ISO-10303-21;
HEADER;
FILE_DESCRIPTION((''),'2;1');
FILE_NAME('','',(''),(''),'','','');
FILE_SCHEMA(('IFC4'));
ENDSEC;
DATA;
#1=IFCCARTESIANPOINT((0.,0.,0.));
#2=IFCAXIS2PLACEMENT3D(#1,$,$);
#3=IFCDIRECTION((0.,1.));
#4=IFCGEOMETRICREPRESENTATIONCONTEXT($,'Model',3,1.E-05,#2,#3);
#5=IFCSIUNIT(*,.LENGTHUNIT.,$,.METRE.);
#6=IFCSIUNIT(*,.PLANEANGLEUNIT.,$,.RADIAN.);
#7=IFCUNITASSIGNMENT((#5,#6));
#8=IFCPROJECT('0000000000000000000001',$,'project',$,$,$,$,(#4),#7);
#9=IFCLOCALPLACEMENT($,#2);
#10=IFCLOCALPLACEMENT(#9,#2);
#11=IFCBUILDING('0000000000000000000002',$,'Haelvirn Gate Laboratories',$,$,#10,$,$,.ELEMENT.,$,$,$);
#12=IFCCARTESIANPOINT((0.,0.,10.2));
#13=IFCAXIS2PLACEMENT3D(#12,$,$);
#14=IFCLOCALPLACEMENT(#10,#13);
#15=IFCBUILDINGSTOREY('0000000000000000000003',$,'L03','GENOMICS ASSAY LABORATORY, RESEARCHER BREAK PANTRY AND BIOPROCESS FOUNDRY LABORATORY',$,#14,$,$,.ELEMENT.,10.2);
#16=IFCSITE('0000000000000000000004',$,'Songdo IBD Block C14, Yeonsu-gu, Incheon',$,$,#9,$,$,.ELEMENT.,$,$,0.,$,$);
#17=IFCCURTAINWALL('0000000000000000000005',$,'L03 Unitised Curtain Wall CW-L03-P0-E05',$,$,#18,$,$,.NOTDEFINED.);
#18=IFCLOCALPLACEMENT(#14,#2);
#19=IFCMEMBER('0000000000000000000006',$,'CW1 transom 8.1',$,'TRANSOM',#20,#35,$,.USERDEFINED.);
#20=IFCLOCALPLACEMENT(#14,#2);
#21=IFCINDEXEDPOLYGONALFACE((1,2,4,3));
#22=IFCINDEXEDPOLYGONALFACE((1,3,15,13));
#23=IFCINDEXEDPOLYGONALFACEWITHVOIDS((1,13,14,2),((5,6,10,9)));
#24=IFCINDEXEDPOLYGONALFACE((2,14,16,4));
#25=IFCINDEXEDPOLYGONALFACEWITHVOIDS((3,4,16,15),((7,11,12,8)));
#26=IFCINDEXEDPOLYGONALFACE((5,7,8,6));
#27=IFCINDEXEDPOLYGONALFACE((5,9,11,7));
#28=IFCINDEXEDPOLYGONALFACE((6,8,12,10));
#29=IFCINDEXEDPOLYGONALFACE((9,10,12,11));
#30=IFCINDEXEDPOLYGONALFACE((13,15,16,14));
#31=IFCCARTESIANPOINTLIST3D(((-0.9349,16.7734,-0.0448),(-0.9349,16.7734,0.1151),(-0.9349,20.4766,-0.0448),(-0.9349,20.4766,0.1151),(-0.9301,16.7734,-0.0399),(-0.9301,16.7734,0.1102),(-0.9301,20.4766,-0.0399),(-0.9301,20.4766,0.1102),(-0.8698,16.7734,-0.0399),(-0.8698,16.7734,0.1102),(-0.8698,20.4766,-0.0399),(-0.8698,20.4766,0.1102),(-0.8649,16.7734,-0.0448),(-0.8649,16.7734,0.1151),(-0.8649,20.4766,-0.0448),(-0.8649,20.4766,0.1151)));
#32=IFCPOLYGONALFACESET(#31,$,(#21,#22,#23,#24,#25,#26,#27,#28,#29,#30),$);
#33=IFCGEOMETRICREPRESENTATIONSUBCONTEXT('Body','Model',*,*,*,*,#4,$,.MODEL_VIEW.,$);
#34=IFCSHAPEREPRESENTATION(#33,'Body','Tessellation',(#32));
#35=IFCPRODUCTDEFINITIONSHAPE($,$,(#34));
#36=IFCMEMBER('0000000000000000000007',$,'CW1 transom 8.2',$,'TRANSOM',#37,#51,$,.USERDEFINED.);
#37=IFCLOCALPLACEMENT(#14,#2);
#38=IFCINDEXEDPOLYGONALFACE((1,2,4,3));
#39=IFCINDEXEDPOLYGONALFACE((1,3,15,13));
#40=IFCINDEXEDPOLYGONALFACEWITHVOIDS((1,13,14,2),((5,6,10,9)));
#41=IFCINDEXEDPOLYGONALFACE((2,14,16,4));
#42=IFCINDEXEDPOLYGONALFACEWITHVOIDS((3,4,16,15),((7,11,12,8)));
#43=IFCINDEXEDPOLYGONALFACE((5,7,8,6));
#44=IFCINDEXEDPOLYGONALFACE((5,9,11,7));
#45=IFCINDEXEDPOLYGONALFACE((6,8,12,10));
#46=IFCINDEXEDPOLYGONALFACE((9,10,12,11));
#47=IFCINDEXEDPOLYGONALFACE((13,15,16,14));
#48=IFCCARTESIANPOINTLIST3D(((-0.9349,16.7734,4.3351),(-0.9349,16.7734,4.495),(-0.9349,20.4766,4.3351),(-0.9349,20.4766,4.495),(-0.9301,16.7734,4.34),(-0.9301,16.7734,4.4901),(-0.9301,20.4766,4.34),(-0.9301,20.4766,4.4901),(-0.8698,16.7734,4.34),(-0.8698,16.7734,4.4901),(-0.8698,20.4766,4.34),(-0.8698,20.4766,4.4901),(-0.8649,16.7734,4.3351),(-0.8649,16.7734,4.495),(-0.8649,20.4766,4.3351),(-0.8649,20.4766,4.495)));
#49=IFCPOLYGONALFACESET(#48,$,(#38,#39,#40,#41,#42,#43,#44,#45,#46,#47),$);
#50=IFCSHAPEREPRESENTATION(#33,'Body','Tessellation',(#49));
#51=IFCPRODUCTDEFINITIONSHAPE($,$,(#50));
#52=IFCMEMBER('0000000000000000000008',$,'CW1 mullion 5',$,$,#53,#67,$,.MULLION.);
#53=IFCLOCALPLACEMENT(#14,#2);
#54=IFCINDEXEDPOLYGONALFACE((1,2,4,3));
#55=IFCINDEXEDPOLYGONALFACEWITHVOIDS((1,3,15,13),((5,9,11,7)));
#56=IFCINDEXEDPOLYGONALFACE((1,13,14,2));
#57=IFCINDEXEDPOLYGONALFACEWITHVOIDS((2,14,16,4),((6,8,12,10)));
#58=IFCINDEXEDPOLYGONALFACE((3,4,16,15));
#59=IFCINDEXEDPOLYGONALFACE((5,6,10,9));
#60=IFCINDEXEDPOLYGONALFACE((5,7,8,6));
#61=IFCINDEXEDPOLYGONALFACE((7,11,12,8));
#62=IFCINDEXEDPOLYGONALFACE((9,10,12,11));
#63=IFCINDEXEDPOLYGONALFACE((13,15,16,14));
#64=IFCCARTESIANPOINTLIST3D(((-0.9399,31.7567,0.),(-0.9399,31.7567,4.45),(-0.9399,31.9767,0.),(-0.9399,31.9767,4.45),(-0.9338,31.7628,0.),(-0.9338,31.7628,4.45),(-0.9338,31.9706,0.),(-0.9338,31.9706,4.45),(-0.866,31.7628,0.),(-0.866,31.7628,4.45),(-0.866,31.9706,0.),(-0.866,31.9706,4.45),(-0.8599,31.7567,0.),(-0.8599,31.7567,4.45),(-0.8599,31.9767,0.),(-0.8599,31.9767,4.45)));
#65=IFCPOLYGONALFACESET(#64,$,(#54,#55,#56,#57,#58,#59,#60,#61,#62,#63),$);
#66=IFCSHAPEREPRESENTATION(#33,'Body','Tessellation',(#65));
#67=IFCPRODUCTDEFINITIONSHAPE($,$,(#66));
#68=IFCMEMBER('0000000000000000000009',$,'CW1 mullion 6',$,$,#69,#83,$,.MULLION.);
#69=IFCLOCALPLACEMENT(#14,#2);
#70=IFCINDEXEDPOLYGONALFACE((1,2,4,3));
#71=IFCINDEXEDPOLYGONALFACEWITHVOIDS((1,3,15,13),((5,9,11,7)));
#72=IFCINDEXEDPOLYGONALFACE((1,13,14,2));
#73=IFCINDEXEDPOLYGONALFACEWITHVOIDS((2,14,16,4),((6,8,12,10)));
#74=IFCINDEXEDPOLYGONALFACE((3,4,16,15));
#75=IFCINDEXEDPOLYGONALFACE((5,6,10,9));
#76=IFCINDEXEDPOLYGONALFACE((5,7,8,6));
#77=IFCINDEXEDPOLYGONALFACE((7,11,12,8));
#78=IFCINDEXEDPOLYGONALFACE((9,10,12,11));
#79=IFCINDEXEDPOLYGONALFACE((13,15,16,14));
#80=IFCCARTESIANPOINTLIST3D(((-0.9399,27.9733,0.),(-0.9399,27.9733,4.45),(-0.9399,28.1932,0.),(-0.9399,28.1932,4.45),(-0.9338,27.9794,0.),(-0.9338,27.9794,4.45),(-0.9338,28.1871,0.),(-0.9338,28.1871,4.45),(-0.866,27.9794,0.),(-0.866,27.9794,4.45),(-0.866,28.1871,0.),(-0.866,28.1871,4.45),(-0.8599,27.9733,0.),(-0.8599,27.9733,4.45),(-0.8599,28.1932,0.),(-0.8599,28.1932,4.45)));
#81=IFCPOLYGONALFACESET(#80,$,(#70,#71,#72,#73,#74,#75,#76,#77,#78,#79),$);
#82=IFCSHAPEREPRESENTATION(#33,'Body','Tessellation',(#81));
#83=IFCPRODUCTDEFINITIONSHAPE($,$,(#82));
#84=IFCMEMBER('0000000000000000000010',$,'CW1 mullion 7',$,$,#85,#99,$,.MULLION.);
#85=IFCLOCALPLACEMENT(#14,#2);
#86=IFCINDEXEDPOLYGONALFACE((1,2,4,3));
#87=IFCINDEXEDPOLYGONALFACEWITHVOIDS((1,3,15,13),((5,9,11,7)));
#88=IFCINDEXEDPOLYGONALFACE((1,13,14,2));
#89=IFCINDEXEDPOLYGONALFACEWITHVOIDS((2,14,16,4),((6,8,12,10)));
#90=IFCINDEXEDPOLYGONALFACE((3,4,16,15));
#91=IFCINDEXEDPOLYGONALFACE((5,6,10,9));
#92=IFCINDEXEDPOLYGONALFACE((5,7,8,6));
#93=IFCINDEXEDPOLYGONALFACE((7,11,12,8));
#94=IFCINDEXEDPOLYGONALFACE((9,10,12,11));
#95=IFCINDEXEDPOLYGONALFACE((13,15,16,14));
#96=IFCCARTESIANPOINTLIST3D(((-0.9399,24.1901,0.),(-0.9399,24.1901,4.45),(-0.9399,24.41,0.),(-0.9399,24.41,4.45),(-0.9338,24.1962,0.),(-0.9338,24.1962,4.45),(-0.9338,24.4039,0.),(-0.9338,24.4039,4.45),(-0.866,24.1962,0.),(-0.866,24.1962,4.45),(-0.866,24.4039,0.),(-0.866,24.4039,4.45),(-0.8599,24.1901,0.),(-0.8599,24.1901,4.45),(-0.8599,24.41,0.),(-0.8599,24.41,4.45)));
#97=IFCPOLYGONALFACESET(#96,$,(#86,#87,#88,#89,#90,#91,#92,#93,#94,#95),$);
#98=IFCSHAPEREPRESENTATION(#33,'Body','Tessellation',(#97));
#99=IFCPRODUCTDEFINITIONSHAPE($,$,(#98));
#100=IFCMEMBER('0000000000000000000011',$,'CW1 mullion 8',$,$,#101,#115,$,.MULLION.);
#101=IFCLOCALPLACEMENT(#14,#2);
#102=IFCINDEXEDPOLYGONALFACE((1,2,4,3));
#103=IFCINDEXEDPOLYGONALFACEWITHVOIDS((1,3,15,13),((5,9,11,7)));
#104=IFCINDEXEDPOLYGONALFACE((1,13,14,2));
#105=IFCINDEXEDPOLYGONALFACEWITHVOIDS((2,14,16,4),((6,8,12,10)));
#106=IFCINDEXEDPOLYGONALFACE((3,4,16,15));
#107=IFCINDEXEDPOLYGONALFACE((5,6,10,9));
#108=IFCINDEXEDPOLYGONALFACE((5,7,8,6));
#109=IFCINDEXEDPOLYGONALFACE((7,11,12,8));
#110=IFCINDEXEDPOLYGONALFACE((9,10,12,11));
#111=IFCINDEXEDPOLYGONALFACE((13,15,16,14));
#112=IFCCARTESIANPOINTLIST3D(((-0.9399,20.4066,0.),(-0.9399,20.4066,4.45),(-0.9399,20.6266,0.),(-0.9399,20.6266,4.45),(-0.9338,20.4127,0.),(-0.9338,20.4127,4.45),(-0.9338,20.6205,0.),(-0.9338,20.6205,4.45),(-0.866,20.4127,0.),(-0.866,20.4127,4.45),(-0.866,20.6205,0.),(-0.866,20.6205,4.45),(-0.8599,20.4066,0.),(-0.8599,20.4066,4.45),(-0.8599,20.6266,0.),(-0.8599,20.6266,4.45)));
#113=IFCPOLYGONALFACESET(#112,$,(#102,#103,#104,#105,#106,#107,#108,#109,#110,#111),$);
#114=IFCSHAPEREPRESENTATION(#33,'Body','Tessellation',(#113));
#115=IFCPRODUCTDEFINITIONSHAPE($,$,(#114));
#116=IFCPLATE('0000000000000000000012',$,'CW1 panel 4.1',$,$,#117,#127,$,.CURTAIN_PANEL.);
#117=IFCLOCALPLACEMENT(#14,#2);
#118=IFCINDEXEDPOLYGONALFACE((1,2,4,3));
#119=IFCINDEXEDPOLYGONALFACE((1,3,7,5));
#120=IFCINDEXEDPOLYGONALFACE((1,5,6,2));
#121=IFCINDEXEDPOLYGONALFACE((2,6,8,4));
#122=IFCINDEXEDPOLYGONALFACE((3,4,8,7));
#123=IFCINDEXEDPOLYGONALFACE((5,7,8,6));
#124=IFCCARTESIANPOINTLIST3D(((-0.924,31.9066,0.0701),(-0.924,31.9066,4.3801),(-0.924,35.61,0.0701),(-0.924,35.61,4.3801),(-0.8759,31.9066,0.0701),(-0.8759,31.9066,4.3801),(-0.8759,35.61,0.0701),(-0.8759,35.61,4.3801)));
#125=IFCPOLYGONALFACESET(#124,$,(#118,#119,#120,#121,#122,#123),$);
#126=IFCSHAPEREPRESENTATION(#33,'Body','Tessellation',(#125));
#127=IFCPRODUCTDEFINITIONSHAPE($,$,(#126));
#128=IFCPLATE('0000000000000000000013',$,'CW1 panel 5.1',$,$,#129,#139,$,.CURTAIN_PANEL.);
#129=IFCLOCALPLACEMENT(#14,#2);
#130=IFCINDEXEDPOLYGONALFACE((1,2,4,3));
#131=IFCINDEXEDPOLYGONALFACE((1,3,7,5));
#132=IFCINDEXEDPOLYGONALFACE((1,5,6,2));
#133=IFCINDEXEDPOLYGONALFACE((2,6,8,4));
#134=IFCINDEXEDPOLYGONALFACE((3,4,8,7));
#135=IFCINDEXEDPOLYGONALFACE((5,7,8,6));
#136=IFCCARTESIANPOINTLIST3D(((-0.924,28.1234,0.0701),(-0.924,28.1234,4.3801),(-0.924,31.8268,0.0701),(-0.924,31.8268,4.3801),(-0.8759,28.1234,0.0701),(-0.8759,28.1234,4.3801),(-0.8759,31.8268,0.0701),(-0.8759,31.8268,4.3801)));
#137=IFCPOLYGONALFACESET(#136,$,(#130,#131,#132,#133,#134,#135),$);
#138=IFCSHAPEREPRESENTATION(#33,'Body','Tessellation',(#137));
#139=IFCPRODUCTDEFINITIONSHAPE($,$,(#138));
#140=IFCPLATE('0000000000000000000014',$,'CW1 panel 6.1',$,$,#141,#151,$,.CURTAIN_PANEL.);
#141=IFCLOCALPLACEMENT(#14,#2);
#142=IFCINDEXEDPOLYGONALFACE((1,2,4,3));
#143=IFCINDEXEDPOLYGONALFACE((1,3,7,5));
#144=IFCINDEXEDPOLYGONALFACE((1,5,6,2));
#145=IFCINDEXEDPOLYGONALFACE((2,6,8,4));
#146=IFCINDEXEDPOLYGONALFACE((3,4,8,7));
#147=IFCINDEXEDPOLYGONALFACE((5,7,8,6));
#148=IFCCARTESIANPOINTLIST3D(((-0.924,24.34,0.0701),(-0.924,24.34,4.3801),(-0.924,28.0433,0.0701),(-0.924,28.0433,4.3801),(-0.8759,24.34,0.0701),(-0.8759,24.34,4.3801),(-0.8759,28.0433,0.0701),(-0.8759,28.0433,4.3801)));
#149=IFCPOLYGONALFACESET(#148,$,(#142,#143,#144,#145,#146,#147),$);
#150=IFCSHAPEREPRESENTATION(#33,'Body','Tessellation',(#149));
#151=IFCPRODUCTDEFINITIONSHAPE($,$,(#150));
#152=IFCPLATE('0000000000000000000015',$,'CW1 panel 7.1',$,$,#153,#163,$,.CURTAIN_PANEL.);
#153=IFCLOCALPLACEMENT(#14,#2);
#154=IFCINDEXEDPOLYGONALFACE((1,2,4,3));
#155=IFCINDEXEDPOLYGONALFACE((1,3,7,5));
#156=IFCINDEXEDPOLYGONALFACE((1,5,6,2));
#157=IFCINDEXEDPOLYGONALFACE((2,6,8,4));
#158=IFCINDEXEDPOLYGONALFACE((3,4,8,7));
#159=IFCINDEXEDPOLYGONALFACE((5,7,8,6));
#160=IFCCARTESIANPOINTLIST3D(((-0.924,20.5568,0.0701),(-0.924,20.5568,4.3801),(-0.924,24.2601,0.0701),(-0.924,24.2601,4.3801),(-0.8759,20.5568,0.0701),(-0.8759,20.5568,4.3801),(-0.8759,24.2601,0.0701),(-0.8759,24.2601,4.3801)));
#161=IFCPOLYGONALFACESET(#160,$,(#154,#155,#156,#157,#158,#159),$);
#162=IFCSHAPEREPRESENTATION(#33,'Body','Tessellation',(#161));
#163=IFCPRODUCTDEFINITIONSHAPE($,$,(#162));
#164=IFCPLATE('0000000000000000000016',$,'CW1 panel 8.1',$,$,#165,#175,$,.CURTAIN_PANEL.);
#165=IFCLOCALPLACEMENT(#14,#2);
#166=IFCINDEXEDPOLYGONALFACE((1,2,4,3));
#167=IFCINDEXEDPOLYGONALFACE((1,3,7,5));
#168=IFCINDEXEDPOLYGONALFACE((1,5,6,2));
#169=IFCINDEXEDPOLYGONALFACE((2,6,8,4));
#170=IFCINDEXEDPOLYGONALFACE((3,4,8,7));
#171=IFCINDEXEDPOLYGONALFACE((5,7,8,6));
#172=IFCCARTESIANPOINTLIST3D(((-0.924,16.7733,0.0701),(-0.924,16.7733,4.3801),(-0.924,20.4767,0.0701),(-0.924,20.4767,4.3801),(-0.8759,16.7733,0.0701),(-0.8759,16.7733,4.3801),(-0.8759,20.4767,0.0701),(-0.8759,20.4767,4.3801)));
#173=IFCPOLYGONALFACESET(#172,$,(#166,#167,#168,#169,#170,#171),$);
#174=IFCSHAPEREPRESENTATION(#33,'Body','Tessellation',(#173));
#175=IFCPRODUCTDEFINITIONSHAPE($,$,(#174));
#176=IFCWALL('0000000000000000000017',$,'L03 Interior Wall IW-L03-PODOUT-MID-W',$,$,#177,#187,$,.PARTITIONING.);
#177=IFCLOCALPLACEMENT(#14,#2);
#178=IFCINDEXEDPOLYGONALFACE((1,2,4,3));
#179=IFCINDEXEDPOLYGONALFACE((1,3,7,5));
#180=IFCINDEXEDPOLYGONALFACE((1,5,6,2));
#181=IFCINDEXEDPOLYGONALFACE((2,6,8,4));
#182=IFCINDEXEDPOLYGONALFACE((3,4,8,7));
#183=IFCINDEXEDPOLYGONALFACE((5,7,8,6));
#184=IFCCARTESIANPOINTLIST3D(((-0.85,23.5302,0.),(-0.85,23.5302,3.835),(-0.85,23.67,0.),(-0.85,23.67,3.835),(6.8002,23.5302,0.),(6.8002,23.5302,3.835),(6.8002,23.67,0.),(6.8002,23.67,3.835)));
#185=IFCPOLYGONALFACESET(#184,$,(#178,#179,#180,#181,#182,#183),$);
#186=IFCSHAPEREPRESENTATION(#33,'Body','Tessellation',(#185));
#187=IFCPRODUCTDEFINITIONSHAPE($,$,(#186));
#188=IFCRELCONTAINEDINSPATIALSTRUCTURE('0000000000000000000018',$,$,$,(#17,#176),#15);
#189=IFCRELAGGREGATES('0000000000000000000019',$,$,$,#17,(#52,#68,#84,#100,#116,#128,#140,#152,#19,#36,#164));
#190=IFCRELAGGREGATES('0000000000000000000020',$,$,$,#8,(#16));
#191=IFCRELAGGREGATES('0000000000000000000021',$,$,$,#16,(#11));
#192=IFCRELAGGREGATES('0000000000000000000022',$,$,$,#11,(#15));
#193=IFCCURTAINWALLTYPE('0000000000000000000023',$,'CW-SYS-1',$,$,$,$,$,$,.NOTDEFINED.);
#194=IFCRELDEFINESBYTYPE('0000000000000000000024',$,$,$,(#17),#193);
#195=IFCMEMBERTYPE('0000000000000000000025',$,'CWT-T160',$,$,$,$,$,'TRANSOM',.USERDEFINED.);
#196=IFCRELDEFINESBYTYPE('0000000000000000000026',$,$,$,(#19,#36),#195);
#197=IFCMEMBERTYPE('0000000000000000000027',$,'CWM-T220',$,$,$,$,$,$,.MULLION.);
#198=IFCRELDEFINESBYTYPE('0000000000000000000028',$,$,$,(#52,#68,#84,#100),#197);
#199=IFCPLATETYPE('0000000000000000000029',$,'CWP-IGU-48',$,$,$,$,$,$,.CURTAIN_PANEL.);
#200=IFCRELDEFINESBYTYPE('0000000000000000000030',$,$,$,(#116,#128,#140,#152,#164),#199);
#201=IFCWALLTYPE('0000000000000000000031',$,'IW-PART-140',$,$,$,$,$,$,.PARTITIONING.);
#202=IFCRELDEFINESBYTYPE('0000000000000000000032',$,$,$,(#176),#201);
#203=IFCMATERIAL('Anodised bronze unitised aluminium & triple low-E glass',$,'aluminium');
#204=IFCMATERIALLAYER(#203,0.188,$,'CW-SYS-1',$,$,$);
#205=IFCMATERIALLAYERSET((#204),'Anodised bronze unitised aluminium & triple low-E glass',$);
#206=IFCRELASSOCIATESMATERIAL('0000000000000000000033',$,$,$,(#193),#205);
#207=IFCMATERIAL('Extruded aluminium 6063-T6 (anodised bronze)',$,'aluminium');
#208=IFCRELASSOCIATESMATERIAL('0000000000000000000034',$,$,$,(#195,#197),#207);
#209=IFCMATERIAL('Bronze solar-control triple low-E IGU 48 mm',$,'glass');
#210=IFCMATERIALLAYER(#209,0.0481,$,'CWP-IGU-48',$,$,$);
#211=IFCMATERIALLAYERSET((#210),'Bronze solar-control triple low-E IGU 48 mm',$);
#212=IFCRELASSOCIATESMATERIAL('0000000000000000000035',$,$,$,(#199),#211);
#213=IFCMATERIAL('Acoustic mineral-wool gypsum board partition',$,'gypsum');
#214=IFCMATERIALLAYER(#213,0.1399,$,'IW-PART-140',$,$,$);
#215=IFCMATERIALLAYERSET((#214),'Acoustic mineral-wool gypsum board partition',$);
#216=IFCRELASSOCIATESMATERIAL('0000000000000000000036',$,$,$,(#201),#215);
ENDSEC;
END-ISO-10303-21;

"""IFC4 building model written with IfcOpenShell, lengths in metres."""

from ifc_helpers import new_model, si_unit, direction, frame, frame_2d, origin, origin_2d, place, context, subcontext, project, spatial, rectangle, hollow_rectangle, extrude, source, transform, mapped, material, layer, layer_set, material_profile, profile_set, type_object, type_shapes, element, aggregate, save


model = new_model("IFC4")

# Units and contexts
model_context = context("Model", 3, precision=1e-05, world=origin(), true_north=direction((0.0, 1.0)))
body_context = subcontext(model_context, "Body", "Model", "MODEL_VIEW")
ifc_project = project(units=[si_unit("LENGTHUNIT", "METRE"), si_unit("PLANEANGLEUNIT", "RADIAN")], contexts=[model_context])

# Site, building, storey
site_placement = place(None, origin())
site = spatial("IfcSite", under=ifc_project, at=site_placement, Name="Songdo IBD Block C14, Yeonsu-gu, Incheon", CompositionType="ELEMENT", RefElevation=0.0)
building_placement = place(site_placement, origin())
building = spatial("IfcBuilding", under=site, at=building_placement, Name="Haelvirn Gate Laboratories", CompositionType="ELEMENT")
storey_placement = place(building_placement, frame((0.0, 0.0, 10.2)))
storey = spatial("IfcBuildingStorey", under=building, at=storey_placement, Name="L03", Description="GENOMICS ASSAY LABORATORY, RESEARCHER BREAK PANTRY AND BIOPROCESS FOUNDRY LABORATORY", CompositionType="ELEMENT", Elevation=10.2)

# Curtain wall, members, plates
ifc_material_1 = material(Name="Anodised bronze unitised aluminium & triple low-E glass", Category="aluminium")
ifc_layer_1 = layer(ifc_material_1, 0.188, Name="CW-SYS-1")
ifc_layer_set_1 = layer_set([ifc_layer_1], Name="Anodised bronze unitised aluminium & triple low-E glass")
curtain_wall_type = type_object("IfcCurtainWallType", Name="CW-SYS-1", PredefinedType="NOTDEFINED", material=ifc_layer_set_1)
curtain_wall_placement = place(storey_placement, origin())
curtain_wall = element("IfcCurtainWall", 1, at=curtain_wall_placement, inside=storey, type_object=curtain_wall_type, Name="L03 Unitised Curtain Wall CW-L03-P0-E05", PredefinedType="NOTDEFINED")
ifc_material_2 = material(Name="Extruded aluminium 6063-T6 (anodised bronze)", Category="aluminium")
ifc_material_profile_1 = material_profile(ifc_material_2, hollow_rectangle(XDim=0.0701, YDim=0.1599, WallThickness=0.0049, at=origin_2d()), Name="CWT-160x70x5")
ifc_profile_set_1 = profile_set([ifc_material_profile_1], Name="Extruded aluminium 6063-T6 (anodised bronze)")
member_type_1 = type_object("IfcMemberType", Name="CWT-T160", ElementType="TRANSOM", PredefinedType="USERDEFINED", material=ifc_profile_set_1)
shared_shape_1 = source(origin(), body_context, "Body", "SweptSolid", [
    extrude(hollow_rectangle(XDim=0.0701, YDim=0.1599, WallThickness=0.0049, at=origin_2d()), origin(), (0.0, 0.0, 1.0), 3.7031),
])
member_1_placement = place(storey_placement, frame((-0.8999, 20.4766, 0.0352), z_axis=(0.0, -1.0, 0.0), x_axis=(1.0, 0.0, 0.0)))
member_1 = element("IfcMember", 2, at=member_1_placement, type_object=member_type_1, Name="CW1 transom 8.1", ObjectType="TRANSOM", PredefinedType="USERDEFINED", context=body_context, shape_type="MappedRepresentation", body=[
    mapped(shared_shape_1, transform((0.0, 0.0, 0.0), scale=1.0)),
])
member_2_placement = place(storey_placement, frame((-0.8999, 20.4766, 4.415), z_axis=(0.0, -1.0, 0.0), x_axis=(1.0, 0.0, 0.0)))
member_2 = element("IfcMember", 3, at=member_2_placement, type_object=member_type_1, Name="CW1 transom 8.2", ObjectType="TRANSOM", PredefinedType="USERDEFINED", context=body_context, shape_type="MappedRepresentation", body=[
    mapped(shared_shape_1, transform((0.0, 0.0, 0.0), scale=1.0)),
])
ifc_material_profile_2 = material_profile(ifc_material_2, hollow_rectangle(XDim=0.0801, YDim=0.22, WallThickness=0.0061, at=origin_2d()), Name="CWM-220x80x6")
ifc_profile_set_2 = profile_set([ifc_material_profile_2], Name="Extruded aluminium 6063-T6 (anodised bronze)")
member_type_2 = type_object("IfcMemberType", Name="CWM-T220", PredefinedType="MULLION", material=ifc_profile_set_2)
shared_shape_2 = source(origin(), body_context, "Body", "SweptSolid", [
    extrude(hollow_rectangle(XDim=0.0801, YDim=0.22, WallThickness=0.0061, at=origin_2d()), origin(), (0.0, 0.0, 1.0), 4.45),
])
type_shapes(member_type_2, [shared_shape_2])
member_3_placement = place(storey_placement, frame((-0.8999, 31.8667, 0.0), z_axis=(0.0, 0.0, 1.0), x_axis=(1.0, 0.0, 0.0)))
member_3 = element("IfcMember", 4, at=member_3_placement, type_object=member_type_2, Name="CW1 mullion 5", PredefinedType="MULLION", context=body_context, shape_type="MappedRepresentation", body=[
    mapped(shared_shape_2, transform((0.0, 0.0, 0.0), scale=1.0)),
])
member_4_placement = place(storey_placement, frame((-0.8999, 28.0833, 0.0), z_axis=(0.0, 0.0, 1.0), x_axis=(1.0, 0.0, 0.0)))
member_4 = element("IfcMember", 5, at=member_4_placement, type_object=member_type_2, Name="CW1 mullion 6", PredefinedType="MULLION", context=body_context, shape_type="MappedRepresentation", body=[
    mapped(shared_shape_2, transform((0.0, 0.0, 0.0), scale=1.0)),
])
member_5_placement = place(storey_placement, frame((-0.8999, 24.3, 0.0), z_axis=(0.0, 0.0, 1.0), x_axis=(1.0, 0.0, 0.0)))
member_5 = element("IfcMember", 6, at=member_5_placement, type_object=member_type_2, Name="CW1 mullion 7", PredefinedType="MULLION", context=body_context, shape_type="MappedRepresentation", body=[
    mapped(shared_shape_2, transform((0.0, 0.0, 0.0), scale=1.0)),
])
member_6_placement = place(storey_placement, frame((-0.8999, 20.5166, 0.0), z_axis=(0.0, 0.0, 1.0), x_axis=(1.0, 0.0, 0.0)))
member_6 = element("IfcMember", 7, at=member_6_placement, type_object=member_type_2, Name="CW1 mullion 8", PredefinedType="MULLION", context=body_context, shape_type="MappedRepresentation", body=[
    mapped(shared_shape_2, transform((0.0, 0.0, 0.0), scale=1.0)),
])
ifc_material_3 = material(Name="Bronze solar-control triple low-E IGU 48 mm", Category="glass")
ifc_layer_2 = layer(ifc_material_3, 0.0481, Name="CWP-IGU-48")
ifc_layer_set_2 = layer_set([ifc_layer_2], Name="Bronze solar-control triple low-E IGU 48 mm")
plate_type = type_object("IfcPlateType", Name="CWP-IGU-48", PredefinedType="CURTAIN_PANEL", material=ifc_layer_set_2)
shared_shape_3 = source(origin(), body_context, "Body", "SweptSolid", [
    extrude(rectangle(XDim=3.7034, YDim=0.0481, at=origin_2d()), origin(), (0.0, 0.0, 1.0), 4.3101),
])
type_shapes(plate_type, [shared_shape_3])
plate_1_placement = place(storey_placement, frame((-0.8999, 33.7583, 0.0701), z_axis=(0.0, 0.0, 1.0), x_axis=(0.0, -1.0, 0.0)))
plate_1 = element("IfcPlate", 8, at=plate_1_placement, type_object=plate_type, Name="CW1 panel 4.1", PredefinedType="CURTAIN_PANEL", context=body_context, shape_type="MappedRepresentation", body=[
    mapped(shared_shape_3, transform((0.0, 0.0, 0.0), scale=1.0)),
])
plate_2_placement = place(storey_placement, frame((-0.8999, 29.9751, 0.0701), z_axis=(0.0, 0.0, 1.0), x_axis=(0.0, -1.0, 0.0)))
plate_2 = element("IfcPlate", 9, at=plate_2_placement, type_object=plate_type, Name="CW1 panel 5.1", PredefinedType="CURTAIN_PANEL", context=body_context, shape_type="MappedRepresentation", body=[
    mapped(shared_shape_3, transform((0.0, 0.0, 0.0), scale=1.0)),
])
plate_3_placement = place(storey_placement, frame((-0.8999, 26.1917, 0.0701), z_axis=(0.0, 0.0, 1.0), x_axis=(0.0, -1.0, 0.0)))
plate_3 = element("IfcPlate", 10, at=plate_3_placement, type_object=plate_type, Name="CW1 panel 6.1", PredefinedType="CURTAIN_PANEL", context=body_context, shape_type="MappedRepresentation", body=[
    mapped(shared_shape_3, transform((0.0, 0.0, 0.0), scale=1.0)),
])
plate_4_placement = place(storey_placement, frame((-0.8999, 22.4084, 0.0701), z_axis=(0.0, 0.0, 1.0), x_axis=(0.0, -1.0, 0.0)))
plate_4 = element("IfcPlate", 11, at=plate_4_placement, type_object=plate_type, Name="CW1 panel 7.1", PredefinedType="CURTAIN_PANEL", context=body_context, shape_type="MappedRepresentation", body=[
    mapped(shared_shape_3, transform((0.0, 0.0, 0.0), scale=1.0)),
])
plate_5_placement = place(storey_placement, frame((-0.8999, 18.625, 0.0701), z_axis=(0.0, 0.0, 1.0), x_axis=(0.0, -1.0, 0.0)))
plate_5 = element("IfcPlate", 12, at=plate_5_placement, type_object=plate_type, Name="CW1 panel 8.1", PredefinedType="CURTAIN_PANEL", context=body_context, shape_type="MappedRepresentation", body=[
    mapped(shared_shape_3, transform((0.0, 0.0, 0.0), scale=1.0)),
])
aggregate(curtain_wall, [member_3, member_4, member_5, member_6, plate_1, plate_2, plate_3, plate_4, member_1, member_2, plate_5])

# Wall
ifc_material_4 = material(Name="Acoustic mineral-wool gypsum board partition", Category="gypsum")
ifc_layer_3 = layer(ifc_material_4, 0.1399, Name="IW-PART-140")
ifc_layer_set_3 = layer_set([ifc_layer_3], Name="Acoustic mineral-wool gypsum board partition")
wall_type_1 = type_object("IfcWallType", Name="IW-PART-140", PredefinedType="PARTITIONING", material=ifc_layer_set_3)
wall_1_placement = place(storey_placement, frame((-0.8501, 23.6001, 0.0), z_axis=(0.0, 0.0, 1.0), x_axis=(1.0, 0.0, 0.0)))
element("IfcWall", 13, at=wall_1_placement, inside=storey, type_object=wall_type_1, Name="L03 Interior Wall IW-L03-PODOUT-MID-W", PredefinedType="PARTITIONING", context=body_context, shape_type="SweptSolid", body=[
    extrude(rectangle(XDim=7.6501, YDim=0.1399, at=frame_2d((3.8252, 0.0))), origin(), (0.0, 0.0, 1.0), 3.835),
])

save(model, "model.ifc")
